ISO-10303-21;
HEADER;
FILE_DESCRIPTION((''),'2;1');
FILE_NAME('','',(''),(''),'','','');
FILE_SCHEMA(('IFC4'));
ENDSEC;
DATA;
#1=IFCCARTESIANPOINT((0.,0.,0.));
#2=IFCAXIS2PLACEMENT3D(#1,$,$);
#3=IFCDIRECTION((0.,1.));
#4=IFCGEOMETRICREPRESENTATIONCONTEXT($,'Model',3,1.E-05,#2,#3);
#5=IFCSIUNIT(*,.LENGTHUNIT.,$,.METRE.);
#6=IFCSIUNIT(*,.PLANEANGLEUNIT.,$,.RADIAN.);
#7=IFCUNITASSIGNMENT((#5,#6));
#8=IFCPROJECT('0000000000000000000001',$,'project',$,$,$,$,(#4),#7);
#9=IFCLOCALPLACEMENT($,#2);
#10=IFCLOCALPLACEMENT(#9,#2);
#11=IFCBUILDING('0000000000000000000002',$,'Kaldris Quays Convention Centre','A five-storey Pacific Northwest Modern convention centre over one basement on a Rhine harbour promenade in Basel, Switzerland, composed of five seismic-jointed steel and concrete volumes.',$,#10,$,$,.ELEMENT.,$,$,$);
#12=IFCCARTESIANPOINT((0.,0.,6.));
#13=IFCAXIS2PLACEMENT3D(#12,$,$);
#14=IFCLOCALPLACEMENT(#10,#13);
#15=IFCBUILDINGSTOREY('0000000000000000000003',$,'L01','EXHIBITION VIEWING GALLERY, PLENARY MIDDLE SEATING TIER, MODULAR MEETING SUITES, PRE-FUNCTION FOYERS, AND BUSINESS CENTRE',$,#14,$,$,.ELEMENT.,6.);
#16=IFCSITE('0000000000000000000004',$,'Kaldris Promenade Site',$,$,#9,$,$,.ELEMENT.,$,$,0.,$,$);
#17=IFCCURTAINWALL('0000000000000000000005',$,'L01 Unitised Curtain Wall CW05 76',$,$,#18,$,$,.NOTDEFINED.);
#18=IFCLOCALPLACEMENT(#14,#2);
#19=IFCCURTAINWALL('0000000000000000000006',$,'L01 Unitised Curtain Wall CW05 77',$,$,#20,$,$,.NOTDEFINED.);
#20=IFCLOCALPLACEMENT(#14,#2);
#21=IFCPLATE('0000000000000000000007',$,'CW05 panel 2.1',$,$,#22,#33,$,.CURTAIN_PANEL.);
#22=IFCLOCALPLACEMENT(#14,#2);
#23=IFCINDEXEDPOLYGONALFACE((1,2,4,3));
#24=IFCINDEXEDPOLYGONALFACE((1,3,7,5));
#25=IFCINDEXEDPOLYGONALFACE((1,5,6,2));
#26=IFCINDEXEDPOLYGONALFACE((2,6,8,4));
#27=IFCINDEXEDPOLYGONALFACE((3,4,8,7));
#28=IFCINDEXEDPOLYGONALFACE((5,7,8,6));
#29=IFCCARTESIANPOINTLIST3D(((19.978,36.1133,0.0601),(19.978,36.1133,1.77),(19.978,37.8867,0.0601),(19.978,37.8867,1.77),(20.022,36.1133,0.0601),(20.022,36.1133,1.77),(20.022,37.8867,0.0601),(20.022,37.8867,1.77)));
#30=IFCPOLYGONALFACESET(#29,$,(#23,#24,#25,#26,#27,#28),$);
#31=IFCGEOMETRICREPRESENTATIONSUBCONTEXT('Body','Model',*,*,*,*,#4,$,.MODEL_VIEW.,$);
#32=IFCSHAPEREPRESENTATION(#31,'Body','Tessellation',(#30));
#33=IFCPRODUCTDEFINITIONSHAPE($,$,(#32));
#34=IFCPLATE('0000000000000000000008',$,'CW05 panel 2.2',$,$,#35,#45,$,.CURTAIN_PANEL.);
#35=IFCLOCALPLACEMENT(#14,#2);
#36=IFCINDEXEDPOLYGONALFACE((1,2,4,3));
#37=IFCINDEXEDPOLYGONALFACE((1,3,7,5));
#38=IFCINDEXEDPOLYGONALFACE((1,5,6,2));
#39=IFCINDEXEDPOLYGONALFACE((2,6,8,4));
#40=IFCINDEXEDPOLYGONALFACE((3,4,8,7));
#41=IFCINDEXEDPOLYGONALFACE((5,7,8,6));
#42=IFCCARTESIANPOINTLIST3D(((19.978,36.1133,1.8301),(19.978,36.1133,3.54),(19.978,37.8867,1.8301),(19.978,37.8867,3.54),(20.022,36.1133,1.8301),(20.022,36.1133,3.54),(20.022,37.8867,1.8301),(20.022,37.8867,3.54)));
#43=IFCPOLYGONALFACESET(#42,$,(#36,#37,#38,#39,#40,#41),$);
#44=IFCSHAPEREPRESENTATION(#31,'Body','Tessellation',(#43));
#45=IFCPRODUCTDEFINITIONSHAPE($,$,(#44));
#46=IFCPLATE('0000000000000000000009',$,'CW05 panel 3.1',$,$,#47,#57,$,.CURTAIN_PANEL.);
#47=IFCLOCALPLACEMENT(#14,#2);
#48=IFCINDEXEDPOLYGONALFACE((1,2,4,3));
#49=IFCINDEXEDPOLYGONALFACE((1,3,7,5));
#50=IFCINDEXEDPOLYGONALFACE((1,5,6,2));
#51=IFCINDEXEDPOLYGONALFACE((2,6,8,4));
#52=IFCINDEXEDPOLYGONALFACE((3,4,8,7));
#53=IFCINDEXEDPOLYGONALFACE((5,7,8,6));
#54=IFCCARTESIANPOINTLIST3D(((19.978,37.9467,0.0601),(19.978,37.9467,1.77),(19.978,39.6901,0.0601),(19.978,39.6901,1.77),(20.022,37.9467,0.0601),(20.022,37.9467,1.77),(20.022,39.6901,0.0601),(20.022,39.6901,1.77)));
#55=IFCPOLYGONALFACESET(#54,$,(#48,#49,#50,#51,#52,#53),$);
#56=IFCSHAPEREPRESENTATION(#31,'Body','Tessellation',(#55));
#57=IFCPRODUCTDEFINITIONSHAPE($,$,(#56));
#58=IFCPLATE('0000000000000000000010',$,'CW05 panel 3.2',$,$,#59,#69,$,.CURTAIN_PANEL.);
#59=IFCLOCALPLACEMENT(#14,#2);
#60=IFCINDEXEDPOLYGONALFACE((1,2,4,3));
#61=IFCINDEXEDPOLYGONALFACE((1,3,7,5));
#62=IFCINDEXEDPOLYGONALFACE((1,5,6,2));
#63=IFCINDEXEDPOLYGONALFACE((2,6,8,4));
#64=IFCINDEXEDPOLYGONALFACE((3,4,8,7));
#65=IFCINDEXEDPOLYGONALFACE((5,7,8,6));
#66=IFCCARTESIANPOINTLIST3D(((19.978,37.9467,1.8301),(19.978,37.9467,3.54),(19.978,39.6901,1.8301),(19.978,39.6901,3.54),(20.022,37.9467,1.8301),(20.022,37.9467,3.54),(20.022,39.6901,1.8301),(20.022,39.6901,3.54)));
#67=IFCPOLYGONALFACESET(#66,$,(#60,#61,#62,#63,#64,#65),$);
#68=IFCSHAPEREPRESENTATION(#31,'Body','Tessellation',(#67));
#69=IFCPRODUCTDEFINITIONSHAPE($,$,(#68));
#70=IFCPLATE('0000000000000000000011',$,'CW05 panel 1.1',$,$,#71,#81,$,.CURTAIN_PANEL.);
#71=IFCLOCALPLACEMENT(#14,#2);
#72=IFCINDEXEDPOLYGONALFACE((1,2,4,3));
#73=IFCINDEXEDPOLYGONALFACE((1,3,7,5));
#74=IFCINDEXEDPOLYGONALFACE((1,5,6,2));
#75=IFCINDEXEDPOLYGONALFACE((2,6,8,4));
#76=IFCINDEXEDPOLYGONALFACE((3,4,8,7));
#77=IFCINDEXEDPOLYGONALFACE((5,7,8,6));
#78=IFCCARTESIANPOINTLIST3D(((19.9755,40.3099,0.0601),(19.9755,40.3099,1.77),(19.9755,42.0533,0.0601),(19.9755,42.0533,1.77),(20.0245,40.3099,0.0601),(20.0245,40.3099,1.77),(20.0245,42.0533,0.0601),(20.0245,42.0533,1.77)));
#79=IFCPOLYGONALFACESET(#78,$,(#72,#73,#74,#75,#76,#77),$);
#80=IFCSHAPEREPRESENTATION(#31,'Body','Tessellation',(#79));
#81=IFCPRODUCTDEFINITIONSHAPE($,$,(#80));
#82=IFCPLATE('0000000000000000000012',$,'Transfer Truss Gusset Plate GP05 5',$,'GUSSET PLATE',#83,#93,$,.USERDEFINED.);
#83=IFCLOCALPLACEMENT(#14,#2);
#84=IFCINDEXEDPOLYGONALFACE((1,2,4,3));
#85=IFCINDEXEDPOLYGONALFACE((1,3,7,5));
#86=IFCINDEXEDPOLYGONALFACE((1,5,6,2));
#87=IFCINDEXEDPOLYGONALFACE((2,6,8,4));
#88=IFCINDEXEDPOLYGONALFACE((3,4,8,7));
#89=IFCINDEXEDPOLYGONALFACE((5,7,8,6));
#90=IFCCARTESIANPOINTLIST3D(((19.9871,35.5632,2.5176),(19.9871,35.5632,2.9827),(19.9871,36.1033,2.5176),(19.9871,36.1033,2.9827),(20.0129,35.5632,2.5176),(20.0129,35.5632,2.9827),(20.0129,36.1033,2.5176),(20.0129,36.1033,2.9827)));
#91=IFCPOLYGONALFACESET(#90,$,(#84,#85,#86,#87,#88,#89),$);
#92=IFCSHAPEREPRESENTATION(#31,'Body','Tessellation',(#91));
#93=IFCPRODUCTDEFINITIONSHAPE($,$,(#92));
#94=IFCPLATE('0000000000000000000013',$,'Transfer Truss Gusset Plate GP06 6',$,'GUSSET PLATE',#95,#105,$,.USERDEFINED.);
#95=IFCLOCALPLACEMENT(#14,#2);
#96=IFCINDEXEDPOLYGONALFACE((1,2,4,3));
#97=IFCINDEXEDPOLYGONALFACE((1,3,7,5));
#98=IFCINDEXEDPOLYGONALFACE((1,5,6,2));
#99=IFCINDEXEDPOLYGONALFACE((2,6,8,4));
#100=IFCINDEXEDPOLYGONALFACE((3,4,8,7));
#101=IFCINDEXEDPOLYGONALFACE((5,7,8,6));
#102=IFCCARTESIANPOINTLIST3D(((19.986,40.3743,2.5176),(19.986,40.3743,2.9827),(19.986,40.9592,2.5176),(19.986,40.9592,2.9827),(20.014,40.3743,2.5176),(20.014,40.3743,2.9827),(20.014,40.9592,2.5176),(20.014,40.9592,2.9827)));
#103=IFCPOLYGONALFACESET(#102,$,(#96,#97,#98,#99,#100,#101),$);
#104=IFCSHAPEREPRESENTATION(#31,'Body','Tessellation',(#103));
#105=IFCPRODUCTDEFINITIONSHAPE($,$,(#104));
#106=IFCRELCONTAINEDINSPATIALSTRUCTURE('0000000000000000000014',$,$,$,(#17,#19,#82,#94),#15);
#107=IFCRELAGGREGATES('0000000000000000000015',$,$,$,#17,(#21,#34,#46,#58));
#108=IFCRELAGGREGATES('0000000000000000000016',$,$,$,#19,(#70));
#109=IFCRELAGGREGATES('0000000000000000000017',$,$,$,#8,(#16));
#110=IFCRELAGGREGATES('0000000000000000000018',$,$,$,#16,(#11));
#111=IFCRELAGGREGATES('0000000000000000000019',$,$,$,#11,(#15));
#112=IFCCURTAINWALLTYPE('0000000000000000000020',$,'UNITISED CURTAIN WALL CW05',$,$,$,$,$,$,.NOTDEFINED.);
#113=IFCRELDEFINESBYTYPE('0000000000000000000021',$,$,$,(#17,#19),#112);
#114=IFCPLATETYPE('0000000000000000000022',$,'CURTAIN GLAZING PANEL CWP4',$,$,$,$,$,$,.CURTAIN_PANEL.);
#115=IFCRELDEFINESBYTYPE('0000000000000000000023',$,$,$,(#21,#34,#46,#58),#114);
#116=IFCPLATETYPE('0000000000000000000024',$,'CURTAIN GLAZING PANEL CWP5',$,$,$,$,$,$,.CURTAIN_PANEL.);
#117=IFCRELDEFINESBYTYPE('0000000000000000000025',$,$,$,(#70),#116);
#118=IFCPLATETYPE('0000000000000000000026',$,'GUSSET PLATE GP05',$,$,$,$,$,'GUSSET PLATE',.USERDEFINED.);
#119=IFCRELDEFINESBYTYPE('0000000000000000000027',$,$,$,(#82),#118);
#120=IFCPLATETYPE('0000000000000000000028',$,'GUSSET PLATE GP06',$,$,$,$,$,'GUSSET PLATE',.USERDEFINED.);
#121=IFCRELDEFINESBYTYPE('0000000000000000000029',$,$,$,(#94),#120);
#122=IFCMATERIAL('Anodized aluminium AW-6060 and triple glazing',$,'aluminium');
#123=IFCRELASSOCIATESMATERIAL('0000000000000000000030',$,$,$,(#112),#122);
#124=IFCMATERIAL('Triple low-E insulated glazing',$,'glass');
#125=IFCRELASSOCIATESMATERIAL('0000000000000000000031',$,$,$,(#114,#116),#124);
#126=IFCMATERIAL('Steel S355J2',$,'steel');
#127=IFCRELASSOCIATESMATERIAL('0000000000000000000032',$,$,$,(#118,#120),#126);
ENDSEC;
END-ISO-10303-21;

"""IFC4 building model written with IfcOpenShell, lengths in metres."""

from ifc_helpers import new_model, si_unit, direction, frame, origin, origin_2d, place, context, subcontext, project, spatial, rectangle, extrude, material, type_object, element, aggregate, save


model = new_model("IFC4")

# Units and contexts
model_context = context("Model", 3, precision=1e-05, world=origin(), true_north=direction((0.0, 1.0)))
body_context = subcontext(model_context, "Body", "Model", "MODEL_VIEW")
ifc_project = project(units=[si_unit("LENGTHUNIT", "METRE"), si_unit("PLANEANGLEUNIT", "RADIAN")], contexts=[model_context])

# Site, building, storey
site_placement = place(None, origin())
site = spatial("IfcSite", under=ifc_project, at=site_placement, Name="Kaldris Promenade Site", CompositionType="ELEMENT", RefElevation=0.0)
building_placement = place(site_placement, origin())
building = spatial("IfcBuilding", under=site, at=building_placement, Name="Kaldris Quays Convention Centre", Description="A five-storey Pacific Northwest Modern convention centre over one basement on a Rhine harbour promenade in Basel, Switzerland, composed of five seismic-jointed steel and concrete volumes.", CompositionType="ELEMENT")
storey_placement = place(building_placement, frame((0.0, 0.0, 6.0)))
storey = spatial("IfcBuildingStorey", under=building, at=storey_placement, Name="L01", Description="EXHIBITION VIEWING GALLERY, PLENARY MIDDLE SEATING TIER, MODULAR MEETING SUITES, PRE-FUNCTION FOYERS, AND BUSINESS CENTRE", CompositionType="ELEMENT", Elevation=6.0)

# Curtain wall
ifc_material_1 = material(Name="Anodized aluminium AW-6060 and triple glazing", Category="aluminium")
curtain_wall_type = type_object("IfcCurtainWallType", Name="UNITISED CURTAIN WALL CW05", PredefinedType="NOTDEFINED", material=ifc_material_1)
curtain_wall_1_placement = place(storey_placement, origin())
curtain_wall_1 = element("IfcCurtainWall", 1, at=curtain_wall_1_placement, inside=storey, type_object=curtain_wall_type, Name="L01 Unitised Curtain Wall CW05 76", PredefinedType="NOTDEFINED")

# Curtain wall
curtain_wall_2_placement = place(storey_placement, origin())
curtain_wall_2 = element("IfcCurtainWall", 2, at=curtain_wall_2_placement, inside=storey, type_object=curtain_wall_type, Name="L01 Unitised Curtain Wall CW05 77", PredefinedType="NOTDEFINED")

# Shared definitions
ifc_material_2 = material(Name="Steel S355J2", Category="steel")

# Plates
ifc_material_3 = material(Name="Triple low-E insulated glazing", Category="glass")
plate_type_1 = type_object("IfcPlateType", Name="CURTAIN GLAZING PANEL CWP4", PredefinedType="CURTAIN_PANEL", material=ifc_material_3)
plate_1_placement = place(storey_placement, frame((20.0, 37.0, 0.0601), z_axis=(0.0, 0.0, 1.0), x_axis=(0.0, 1.0, 0.0)))
plate_1 = element("IfcPlate", 3, at=plate_1_placement, type_object=plate_type_1, Name="CW05 panel 2.1", PredefinedType="CURTAIN_PANEL", context=body_context, shape_type="SweptSolid", body=[
    extrude(rectangle(XDim=1.7734, YDim=0.0439, at=origin_2d()), origin(), (0.0, 0.0, 1.0), 1.71),
])
plate_2_placement = place(storey_placement, frame((20.0, 37.0, 1.8301), z_axis=(0.0, 0.0, 1.0), x_axis=(0.0, 1.0, 0.0)))
plate_2 = element("IfcPlate", 4, at=plate_2_placement, type_object=plate_type_1, Name="CW05 panel 2.2", PredefinedType="CURTAIN_PANEL", context=body_context, shape_type="SweptSolid", body=[
    extrude(rectangle(XDim=1.7734, YDim=0.0439, at=origin_2d()), origin(), (0.0, 0.0, 1.0), 1.71),
])
plate_3_placement = place(storey_placement, frame((20.0, 38.8184, 0.0601), z_axis=(0.0, 0.0, 1.0), x_axis=(0.0, 1.0, 0.0)))
plate_3 = element("IfcPlate", 5, at=plate_3_placement, type_object=plate_type_1, Name="CW05 panel 3.1", PredefinedType="CURTAIN_PANEL", context=body_context, shape_type="SweptSolid", body=[
    extrude(rectangle(XDim=1.7434, YDim=0.0439, at=origin_2d()), origin(), (0.0, 0.0, 1.0), 1.71),
])
plate_4_placement = place(storey_placement, frame((20.0, 38.8184, 1.8301), z_axis=(0.0, 0.0, 1.0), x_axis=(0.0, 1.0, 0.0)))
plate_4 = element("IfcPlate", 6, at=plate_4_placement, type_object=plate_type_1, Name="CW05 panel 3.2", PredefinedType="CURTAIN_PANEL", context=body_context, shape_type="SweptSolid", body=[
    extrude(rectangle(XDim=1.7434, YDim=0.0439, at=origin_2d()), origin(), (0.0, 0.0, 1.0), 1.71),
])
aggregate(curtain_wall_1, [plate_1, plate_2, plate_3, plate_4])
plate_type_2 = type_object("IfcPlateType", Name="CURTAIN GLAZING PANEL CWP5", PredefinedType="CURTAIN_PANEL", material=ifc_material_3)
plate_5_placement = place(storey_placement, frame((20.0, 41.1816, 0.0601), z_axis=(0.0, 0.0, 1.0), x_axis=(0.0, 1.0, 0.0)))
plate_5 = element("IfcPlate", 7, at=plate_5_placement, type_object=plate_type_2, Name="CW05 panel 1.1", PredefinedType="CURTAIN_PANEL", context=body_context, shape_type="SweptSolid", body=[
    extrude(rectangle(XDim=1.7434, YDim=0.0491, at=origin_2d()), origin(), (0.0, 0.0, 1.0), 1.71),
])
aggregate(curtain_wall_2, [plate_5])

# Plates
plate_type_3 = type_object("IfcPlateType", Name="GUSSET PLATE GP05", ElementType="GUSSET PLATE", PredefinedType="USERDEFINED", material=ifc_material_2)
plate_6_placement = place(storey_placement, frame((20.0, 35.8333, 2.5176), z_axis=(0.0, 0.0, 1.0), x_axis=(1.0, 0.0, 0.0)))
element("IfcPlate", 8, at=plate_6_placement, inside=storey, type_object=plate_type_3, Name="Transfer Truss Gusset Plate GP05 5", ObjectType="GUSSET PLATE", PredefinedType="USERDEFINED", context=body_context, shape_type="SweptSolid", body=[
    extrude(rectangle(XDim=0.0259, YDim=0.54, at=origin_2d()), origin(), (0.0, 0.0, 1.0), 0.4651),
])
plate_type_4 = type_object("IfcPlateType", Name="GUSSET PLATE GP06", ElementType="GUSSET PLATE", PredefinedType="USERDEFINED", material=ifc_material_2)
plate_7_placement = place(storey_placement, frame((20.0, 40.6667, 2.5176), z_axis=(0.0, 0.0, 1.0), x_axis=(1.0, 0.0, 0.0)))
element("IfcPlate", 9, at=plate_7_placement, inside=storey, type_object=plate_type_4, Name="Transfer Truss Gusset Plate GP06 6", ObjectType="GUSSET PLATE", PredefinedType="USERDEFINED", context=body_context, shape_type="SweptSolid", body=[
    extrude(rectangle(XDim=0.0281, YDim=0.585, at=origin_2d()), origin(), (0.0, 0.0, 1.0), 0.4651),
])

save(model, "model.ifc")
